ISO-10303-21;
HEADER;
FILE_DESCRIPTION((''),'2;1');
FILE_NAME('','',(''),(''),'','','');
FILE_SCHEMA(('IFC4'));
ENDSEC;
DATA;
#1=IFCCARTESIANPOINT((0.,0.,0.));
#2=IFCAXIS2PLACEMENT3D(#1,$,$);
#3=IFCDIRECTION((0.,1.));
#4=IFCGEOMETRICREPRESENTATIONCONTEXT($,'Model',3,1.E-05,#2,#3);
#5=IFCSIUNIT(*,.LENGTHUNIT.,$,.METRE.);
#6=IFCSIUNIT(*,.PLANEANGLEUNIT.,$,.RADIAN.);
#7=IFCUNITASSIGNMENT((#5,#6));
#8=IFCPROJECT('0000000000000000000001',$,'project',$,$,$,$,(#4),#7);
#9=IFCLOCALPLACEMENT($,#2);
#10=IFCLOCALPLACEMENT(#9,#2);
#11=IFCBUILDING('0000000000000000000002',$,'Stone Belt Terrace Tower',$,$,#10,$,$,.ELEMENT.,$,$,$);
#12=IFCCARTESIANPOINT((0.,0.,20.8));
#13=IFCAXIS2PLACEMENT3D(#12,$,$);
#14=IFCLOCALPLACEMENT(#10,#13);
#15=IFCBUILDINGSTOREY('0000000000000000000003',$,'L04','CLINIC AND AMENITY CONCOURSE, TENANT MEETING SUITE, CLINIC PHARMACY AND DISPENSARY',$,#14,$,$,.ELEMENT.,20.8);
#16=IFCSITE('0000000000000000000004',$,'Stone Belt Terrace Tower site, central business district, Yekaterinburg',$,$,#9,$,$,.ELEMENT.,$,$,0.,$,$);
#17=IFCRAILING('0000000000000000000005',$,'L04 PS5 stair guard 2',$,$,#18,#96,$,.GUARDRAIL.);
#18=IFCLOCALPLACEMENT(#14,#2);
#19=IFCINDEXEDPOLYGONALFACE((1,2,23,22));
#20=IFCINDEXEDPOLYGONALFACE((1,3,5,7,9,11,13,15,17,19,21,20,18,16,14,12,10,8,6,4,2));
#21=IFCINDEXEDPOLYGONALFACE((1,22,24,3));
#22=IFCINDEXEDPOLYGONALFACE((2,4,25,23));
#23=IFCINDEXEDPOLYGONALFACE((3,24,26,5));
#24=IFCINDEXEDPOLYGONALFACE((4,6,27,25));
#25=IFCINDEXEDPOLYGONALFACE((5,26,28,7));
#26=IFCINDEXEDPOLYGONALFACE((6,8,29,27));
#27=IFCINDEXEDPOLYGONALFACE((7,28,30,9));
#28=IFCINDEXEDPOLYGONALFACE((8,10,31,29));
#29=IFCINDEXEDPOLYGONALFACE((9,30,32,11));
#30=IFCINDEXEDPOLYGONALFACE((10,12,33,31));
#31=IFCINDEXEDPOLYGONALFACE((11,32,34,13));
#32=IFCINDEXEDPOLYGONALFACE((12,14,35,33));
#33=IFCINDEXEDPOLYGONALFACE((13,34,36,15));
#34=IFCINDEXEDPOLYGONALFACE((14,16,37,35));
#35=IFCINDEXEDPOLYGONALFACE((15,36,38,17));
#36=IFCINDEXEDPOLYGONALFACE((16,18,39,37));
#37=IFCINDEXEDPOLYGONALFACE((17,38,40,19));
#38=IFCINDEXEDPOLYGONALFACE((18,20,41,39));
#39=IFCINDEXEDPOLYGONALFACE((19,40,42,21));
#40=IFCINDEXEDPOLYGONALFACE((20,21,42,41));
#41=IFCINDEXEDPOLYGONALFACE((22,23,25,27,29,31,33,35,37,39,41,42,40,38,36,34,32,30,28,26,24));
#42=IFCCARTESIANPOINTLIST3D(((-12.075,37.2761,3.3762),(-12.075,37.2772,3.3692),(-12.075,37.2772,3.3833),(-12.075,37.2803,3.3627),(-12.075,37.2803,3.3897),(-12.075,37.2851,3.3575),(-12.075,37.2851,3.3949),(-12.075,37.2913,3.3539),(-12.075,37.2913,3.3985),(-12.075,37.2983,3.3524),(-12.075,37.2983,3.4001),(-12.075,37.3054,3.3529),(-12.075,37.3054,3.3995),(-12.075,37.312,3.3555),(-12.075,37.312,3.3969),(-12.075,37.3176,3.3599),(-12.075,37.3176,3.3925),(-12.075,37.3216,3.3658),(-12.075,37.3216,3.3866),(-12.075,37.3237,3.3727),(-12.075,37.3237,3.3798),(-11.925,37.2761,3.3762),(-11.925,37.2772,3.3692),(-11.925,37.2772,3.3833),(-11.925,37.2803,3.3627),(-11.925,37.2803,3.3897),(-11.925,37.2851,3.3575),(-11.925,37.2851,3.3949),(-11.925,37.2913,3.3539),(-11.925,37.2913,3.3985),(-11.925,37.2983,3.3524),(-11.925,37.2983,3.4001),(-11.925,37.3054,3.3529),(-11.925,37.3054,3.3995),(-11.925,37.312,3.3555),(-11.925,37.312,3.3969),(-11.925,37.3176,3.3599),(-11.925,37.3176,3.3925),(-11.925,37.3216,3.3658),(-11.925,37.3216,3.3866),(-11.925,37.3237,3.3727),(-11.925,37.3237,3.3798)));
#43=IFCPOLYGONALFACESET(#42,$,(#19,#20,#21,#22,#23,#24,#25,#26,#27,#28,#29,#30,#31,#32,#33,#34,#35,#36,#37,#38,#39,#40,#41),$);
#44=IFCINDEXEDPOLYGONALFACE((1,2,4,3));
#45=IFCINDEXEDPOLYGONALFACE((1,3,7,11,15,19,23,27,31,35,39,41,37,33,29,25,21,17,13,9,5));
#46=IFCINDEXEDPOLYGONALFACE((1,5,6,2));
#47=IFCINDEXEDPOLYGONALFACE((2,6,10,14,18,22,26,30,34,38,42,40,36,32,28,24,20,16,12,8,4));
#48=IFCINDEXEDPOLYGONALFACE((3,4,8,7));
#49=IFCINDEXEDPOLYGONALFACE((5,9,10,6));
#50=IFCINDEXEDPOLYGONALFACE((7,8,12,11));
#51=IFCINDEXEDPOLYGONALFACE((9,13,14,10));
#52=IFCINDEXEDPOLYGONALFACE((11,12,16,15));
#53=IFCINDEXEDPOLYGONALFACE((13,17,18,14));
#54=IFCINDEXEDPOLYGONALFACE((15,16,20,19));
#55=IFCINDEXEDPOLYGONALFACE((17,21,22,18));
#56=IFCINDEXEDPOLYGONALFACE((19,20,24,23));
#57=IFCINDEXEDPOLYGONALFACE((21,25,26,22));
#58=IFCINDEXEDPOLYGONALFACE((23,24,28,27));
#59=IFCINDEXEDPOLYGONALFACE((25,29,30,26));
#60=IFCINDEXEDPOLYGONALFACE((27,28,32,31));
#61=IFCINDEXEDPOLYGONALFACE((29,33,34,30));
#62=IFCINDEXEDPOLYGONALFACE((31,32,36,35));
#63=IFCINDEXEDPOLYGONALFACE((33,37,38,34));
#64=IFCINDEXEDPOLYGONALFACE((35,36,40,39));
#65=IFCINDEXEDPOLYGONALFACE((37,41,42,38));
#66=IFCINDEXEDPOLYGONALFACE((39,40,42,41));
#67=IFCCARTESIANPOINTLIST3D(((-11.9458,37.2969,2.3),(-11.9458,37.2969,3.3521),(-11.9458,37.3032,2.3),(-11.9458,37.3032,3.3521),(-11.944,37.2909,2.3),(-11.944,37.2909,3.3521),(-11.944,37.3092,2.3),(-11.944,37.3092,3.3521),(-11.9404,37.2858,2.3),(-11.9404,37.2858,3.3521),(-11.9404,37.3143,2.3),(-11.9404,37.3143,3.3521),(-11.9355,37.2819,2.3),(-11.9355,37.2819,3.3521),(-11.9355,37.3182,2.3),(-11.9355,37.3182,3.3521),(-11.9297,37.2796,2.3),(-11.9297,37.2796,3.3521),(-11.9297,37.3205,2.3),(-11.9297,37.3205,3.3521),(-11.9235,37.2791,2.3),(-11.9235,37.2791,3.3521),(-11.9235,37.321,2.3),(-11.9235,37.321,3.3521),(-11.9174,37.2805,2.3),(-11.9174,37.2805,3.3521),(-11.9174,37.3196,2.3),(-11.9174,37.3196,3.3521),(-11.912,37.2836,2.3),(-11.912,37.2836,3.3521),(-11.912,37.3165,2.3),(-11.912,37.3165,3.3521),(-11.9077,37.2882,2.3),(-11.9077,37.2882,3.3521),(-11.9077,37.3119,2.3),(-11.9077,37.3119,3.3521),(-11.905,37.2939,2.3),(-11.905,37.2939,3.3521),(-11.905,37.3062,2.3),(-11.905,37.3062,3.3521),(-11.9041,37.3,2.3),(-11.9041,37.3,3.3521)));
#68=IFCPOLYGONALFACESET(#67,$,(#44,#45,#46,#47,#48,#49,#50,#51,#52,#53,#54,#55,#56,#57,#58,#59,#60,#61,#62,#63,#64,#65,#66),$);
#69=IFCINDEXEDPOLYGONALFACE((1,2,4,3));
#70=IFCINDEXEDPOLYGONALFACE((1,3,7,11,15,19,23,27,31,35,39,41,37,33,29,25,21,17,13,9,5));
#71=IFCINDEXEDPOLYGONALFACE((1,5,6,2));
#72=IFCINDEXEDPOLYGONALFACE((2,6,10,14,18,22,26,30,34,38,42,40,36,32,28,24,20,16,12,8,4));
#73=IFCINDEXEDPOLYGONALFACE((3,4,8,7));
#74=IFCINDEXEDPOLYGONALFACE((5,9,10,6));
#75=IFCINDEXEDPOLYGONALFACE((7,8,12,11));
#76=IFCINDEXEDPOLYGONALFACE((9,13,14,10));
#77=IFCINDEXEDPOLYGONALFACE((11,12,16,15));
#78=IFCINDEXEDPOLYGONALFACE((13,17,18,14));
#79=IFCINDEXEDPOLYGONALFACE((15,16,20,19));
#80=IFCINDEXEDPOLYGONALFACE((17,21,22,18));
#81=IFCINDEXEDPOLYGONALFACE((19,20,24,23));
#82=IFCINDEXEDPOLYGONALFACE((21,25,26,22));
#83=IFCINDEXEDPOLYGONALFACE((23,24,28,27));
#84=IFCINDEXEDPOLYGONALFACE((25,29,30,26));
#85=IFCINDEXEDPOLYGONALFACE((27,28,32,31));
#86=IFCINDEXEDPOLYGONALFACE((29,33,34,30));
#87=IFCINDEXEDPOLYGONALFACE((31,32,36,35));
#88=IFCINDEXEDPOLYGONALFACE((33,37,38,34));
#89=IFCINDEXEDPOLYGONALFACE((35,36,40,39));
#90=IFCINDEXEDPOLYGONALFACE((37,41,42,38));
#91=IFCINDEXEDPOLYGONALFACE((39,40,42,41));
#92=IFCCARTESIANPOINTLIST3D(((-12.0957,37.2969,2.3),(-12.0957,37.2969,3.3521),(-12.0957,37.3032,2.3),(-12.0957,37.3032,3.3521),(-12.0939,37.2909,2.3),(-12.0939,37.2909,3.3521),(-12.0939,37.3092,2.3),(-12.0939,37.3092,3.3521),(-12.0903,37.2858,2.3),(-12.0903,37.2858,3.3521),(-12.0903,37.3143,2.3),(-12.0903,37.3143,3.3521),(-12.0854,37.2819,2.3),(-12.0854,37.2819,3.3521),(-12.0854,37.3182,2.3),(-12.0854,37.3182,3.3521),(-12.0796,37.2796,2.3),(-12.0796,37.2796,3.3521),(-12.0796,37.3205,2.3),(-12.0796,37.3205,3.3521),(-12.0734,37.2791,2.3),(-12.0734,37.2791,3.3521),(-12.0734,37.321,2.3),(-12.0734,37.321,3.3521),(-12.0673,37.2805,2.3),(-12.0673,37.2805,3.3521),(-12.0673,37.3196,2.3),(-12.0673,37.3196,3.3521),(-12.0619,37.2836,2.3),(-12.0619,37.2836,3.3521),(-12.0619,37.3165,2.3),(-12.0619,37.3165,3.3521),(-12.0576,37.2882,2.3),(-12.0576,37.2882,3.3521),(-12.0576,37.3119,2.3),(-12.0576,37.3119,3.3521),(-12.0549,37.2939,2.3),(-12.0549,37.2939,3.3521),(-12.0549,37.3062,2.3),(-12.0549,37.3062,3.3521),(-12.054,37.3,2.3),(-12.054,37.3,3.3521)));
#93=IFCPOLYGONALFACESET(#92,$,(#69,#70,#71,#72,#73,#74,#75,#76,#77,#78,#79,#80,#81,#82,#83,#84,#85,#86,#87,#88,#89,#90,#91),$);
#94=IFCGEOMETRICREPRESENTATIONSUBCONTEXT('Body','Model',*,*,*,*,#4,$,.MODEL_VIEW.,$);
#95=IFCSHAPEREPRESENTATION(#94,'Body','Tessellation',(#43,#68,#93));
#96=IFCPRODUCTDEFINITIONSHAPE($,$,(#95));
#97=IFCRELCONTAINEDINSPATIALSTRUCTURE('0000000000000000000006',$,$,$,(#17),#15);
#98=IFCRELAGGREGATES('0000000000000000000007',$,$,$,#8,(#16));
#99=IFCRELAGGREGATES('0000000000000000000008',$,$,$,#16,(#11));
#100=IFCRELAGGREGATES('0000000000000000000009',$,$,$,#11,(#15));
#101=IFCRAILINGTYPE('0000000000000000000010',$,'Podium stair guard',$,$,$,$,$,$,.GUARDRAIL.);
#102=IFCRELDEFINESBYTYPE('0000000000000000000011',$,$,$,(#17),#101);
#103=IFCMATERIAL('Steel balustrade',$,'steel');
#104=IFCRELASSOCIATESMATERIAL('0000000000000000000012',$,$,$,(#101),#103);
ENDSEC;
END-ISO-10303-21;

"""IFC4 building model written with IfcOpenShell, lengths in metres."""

from ifc_helpers import new_model, si_unit, direction, frame, origin, origin_2d, place, context, subcontext, project, spatial, circle, extrude, material, type_object, element, save


model = new_model("IFC4")

# Units and contexts
model_context = context("Model", 3, precision=1e-05, world=origin(), true_north=direction((0.0, 1.0)))
body_context = subcontext(model_context, "Body", "Model", "MODEL_VIEW")
ifc_project = project(units=[si_unit("LENGTHUNIT", "METRE"), si_unit("PLANEANGLEUNIT", "RADIAN")], contexts=[model_context])

# Site, building, storey
site_placement = place(None, origin())
site = spatial("IfcSite", under=ifc_project, at=site_placement, Name="Stone Belt Terrace Tower site, central business district, Yekaterinburg", CompositionType="ELEMENT", RefElevation=0.0)
building_placement = place(site_placement, origin())
building = spatial("IfcBuilding", under=site, at=building_placement, Name="Stone Belt Terrace Tower", CompositionType="ELEMENT")
storey_placement = place(building_placement, frame((0.0, 0.0, 20.8)))
storey = spatial("IfcBuildingStorey", under=building, at=storey_placement, Name="L04", Description="CLINIC AND AMENITY CONCOURSE, TENANT MEETING SUITE, CLINIC PHARMACY AND DISPENSARY", CompositionType="ELEMENT", Elevation=20.8)

# Railing
ifc_material_1 = material(Name="Steel balustrade", Category="steel")
railing_type_1 = type_object("IfcRailingType", Name="Podium stair guard", PredefinedType="GUARDRAIL", material=ifc_material_1)
railing_1_placement = place(storey_placement, frame((-11.925, 37.3, 2.3)))
element("IfcRailing", 1, at=railing_1_placement, inside=storey, type_object=railing_type_1, Name="L04 PS5 stair guard 2", PredefinedType="GUARDRAIL", context=body_context, shape_type="SweptSolid", body=[
    extrude(circle(Radius=0.0239, at=origin_2d()), frame((0.0, 0.0, 1.0762), z_axis=(-1.0, 0.0, 0.0), x_axis=(0.0, -1.0, 0.0)), (0.0, 0.0, 1.0), 0.1499),
    extrude(circle(Radius=0.021, at=origin_2d()), origin(), (0.0, 0.0, 1.0), 1.052),
    extrude(circle(Radius=0.021, at=origin_2d()), frame((-0.1499, 0.0, 0.0)), (0.0, 0.0, 1.0), 1.052),
])

save(model, "model.ifc")
